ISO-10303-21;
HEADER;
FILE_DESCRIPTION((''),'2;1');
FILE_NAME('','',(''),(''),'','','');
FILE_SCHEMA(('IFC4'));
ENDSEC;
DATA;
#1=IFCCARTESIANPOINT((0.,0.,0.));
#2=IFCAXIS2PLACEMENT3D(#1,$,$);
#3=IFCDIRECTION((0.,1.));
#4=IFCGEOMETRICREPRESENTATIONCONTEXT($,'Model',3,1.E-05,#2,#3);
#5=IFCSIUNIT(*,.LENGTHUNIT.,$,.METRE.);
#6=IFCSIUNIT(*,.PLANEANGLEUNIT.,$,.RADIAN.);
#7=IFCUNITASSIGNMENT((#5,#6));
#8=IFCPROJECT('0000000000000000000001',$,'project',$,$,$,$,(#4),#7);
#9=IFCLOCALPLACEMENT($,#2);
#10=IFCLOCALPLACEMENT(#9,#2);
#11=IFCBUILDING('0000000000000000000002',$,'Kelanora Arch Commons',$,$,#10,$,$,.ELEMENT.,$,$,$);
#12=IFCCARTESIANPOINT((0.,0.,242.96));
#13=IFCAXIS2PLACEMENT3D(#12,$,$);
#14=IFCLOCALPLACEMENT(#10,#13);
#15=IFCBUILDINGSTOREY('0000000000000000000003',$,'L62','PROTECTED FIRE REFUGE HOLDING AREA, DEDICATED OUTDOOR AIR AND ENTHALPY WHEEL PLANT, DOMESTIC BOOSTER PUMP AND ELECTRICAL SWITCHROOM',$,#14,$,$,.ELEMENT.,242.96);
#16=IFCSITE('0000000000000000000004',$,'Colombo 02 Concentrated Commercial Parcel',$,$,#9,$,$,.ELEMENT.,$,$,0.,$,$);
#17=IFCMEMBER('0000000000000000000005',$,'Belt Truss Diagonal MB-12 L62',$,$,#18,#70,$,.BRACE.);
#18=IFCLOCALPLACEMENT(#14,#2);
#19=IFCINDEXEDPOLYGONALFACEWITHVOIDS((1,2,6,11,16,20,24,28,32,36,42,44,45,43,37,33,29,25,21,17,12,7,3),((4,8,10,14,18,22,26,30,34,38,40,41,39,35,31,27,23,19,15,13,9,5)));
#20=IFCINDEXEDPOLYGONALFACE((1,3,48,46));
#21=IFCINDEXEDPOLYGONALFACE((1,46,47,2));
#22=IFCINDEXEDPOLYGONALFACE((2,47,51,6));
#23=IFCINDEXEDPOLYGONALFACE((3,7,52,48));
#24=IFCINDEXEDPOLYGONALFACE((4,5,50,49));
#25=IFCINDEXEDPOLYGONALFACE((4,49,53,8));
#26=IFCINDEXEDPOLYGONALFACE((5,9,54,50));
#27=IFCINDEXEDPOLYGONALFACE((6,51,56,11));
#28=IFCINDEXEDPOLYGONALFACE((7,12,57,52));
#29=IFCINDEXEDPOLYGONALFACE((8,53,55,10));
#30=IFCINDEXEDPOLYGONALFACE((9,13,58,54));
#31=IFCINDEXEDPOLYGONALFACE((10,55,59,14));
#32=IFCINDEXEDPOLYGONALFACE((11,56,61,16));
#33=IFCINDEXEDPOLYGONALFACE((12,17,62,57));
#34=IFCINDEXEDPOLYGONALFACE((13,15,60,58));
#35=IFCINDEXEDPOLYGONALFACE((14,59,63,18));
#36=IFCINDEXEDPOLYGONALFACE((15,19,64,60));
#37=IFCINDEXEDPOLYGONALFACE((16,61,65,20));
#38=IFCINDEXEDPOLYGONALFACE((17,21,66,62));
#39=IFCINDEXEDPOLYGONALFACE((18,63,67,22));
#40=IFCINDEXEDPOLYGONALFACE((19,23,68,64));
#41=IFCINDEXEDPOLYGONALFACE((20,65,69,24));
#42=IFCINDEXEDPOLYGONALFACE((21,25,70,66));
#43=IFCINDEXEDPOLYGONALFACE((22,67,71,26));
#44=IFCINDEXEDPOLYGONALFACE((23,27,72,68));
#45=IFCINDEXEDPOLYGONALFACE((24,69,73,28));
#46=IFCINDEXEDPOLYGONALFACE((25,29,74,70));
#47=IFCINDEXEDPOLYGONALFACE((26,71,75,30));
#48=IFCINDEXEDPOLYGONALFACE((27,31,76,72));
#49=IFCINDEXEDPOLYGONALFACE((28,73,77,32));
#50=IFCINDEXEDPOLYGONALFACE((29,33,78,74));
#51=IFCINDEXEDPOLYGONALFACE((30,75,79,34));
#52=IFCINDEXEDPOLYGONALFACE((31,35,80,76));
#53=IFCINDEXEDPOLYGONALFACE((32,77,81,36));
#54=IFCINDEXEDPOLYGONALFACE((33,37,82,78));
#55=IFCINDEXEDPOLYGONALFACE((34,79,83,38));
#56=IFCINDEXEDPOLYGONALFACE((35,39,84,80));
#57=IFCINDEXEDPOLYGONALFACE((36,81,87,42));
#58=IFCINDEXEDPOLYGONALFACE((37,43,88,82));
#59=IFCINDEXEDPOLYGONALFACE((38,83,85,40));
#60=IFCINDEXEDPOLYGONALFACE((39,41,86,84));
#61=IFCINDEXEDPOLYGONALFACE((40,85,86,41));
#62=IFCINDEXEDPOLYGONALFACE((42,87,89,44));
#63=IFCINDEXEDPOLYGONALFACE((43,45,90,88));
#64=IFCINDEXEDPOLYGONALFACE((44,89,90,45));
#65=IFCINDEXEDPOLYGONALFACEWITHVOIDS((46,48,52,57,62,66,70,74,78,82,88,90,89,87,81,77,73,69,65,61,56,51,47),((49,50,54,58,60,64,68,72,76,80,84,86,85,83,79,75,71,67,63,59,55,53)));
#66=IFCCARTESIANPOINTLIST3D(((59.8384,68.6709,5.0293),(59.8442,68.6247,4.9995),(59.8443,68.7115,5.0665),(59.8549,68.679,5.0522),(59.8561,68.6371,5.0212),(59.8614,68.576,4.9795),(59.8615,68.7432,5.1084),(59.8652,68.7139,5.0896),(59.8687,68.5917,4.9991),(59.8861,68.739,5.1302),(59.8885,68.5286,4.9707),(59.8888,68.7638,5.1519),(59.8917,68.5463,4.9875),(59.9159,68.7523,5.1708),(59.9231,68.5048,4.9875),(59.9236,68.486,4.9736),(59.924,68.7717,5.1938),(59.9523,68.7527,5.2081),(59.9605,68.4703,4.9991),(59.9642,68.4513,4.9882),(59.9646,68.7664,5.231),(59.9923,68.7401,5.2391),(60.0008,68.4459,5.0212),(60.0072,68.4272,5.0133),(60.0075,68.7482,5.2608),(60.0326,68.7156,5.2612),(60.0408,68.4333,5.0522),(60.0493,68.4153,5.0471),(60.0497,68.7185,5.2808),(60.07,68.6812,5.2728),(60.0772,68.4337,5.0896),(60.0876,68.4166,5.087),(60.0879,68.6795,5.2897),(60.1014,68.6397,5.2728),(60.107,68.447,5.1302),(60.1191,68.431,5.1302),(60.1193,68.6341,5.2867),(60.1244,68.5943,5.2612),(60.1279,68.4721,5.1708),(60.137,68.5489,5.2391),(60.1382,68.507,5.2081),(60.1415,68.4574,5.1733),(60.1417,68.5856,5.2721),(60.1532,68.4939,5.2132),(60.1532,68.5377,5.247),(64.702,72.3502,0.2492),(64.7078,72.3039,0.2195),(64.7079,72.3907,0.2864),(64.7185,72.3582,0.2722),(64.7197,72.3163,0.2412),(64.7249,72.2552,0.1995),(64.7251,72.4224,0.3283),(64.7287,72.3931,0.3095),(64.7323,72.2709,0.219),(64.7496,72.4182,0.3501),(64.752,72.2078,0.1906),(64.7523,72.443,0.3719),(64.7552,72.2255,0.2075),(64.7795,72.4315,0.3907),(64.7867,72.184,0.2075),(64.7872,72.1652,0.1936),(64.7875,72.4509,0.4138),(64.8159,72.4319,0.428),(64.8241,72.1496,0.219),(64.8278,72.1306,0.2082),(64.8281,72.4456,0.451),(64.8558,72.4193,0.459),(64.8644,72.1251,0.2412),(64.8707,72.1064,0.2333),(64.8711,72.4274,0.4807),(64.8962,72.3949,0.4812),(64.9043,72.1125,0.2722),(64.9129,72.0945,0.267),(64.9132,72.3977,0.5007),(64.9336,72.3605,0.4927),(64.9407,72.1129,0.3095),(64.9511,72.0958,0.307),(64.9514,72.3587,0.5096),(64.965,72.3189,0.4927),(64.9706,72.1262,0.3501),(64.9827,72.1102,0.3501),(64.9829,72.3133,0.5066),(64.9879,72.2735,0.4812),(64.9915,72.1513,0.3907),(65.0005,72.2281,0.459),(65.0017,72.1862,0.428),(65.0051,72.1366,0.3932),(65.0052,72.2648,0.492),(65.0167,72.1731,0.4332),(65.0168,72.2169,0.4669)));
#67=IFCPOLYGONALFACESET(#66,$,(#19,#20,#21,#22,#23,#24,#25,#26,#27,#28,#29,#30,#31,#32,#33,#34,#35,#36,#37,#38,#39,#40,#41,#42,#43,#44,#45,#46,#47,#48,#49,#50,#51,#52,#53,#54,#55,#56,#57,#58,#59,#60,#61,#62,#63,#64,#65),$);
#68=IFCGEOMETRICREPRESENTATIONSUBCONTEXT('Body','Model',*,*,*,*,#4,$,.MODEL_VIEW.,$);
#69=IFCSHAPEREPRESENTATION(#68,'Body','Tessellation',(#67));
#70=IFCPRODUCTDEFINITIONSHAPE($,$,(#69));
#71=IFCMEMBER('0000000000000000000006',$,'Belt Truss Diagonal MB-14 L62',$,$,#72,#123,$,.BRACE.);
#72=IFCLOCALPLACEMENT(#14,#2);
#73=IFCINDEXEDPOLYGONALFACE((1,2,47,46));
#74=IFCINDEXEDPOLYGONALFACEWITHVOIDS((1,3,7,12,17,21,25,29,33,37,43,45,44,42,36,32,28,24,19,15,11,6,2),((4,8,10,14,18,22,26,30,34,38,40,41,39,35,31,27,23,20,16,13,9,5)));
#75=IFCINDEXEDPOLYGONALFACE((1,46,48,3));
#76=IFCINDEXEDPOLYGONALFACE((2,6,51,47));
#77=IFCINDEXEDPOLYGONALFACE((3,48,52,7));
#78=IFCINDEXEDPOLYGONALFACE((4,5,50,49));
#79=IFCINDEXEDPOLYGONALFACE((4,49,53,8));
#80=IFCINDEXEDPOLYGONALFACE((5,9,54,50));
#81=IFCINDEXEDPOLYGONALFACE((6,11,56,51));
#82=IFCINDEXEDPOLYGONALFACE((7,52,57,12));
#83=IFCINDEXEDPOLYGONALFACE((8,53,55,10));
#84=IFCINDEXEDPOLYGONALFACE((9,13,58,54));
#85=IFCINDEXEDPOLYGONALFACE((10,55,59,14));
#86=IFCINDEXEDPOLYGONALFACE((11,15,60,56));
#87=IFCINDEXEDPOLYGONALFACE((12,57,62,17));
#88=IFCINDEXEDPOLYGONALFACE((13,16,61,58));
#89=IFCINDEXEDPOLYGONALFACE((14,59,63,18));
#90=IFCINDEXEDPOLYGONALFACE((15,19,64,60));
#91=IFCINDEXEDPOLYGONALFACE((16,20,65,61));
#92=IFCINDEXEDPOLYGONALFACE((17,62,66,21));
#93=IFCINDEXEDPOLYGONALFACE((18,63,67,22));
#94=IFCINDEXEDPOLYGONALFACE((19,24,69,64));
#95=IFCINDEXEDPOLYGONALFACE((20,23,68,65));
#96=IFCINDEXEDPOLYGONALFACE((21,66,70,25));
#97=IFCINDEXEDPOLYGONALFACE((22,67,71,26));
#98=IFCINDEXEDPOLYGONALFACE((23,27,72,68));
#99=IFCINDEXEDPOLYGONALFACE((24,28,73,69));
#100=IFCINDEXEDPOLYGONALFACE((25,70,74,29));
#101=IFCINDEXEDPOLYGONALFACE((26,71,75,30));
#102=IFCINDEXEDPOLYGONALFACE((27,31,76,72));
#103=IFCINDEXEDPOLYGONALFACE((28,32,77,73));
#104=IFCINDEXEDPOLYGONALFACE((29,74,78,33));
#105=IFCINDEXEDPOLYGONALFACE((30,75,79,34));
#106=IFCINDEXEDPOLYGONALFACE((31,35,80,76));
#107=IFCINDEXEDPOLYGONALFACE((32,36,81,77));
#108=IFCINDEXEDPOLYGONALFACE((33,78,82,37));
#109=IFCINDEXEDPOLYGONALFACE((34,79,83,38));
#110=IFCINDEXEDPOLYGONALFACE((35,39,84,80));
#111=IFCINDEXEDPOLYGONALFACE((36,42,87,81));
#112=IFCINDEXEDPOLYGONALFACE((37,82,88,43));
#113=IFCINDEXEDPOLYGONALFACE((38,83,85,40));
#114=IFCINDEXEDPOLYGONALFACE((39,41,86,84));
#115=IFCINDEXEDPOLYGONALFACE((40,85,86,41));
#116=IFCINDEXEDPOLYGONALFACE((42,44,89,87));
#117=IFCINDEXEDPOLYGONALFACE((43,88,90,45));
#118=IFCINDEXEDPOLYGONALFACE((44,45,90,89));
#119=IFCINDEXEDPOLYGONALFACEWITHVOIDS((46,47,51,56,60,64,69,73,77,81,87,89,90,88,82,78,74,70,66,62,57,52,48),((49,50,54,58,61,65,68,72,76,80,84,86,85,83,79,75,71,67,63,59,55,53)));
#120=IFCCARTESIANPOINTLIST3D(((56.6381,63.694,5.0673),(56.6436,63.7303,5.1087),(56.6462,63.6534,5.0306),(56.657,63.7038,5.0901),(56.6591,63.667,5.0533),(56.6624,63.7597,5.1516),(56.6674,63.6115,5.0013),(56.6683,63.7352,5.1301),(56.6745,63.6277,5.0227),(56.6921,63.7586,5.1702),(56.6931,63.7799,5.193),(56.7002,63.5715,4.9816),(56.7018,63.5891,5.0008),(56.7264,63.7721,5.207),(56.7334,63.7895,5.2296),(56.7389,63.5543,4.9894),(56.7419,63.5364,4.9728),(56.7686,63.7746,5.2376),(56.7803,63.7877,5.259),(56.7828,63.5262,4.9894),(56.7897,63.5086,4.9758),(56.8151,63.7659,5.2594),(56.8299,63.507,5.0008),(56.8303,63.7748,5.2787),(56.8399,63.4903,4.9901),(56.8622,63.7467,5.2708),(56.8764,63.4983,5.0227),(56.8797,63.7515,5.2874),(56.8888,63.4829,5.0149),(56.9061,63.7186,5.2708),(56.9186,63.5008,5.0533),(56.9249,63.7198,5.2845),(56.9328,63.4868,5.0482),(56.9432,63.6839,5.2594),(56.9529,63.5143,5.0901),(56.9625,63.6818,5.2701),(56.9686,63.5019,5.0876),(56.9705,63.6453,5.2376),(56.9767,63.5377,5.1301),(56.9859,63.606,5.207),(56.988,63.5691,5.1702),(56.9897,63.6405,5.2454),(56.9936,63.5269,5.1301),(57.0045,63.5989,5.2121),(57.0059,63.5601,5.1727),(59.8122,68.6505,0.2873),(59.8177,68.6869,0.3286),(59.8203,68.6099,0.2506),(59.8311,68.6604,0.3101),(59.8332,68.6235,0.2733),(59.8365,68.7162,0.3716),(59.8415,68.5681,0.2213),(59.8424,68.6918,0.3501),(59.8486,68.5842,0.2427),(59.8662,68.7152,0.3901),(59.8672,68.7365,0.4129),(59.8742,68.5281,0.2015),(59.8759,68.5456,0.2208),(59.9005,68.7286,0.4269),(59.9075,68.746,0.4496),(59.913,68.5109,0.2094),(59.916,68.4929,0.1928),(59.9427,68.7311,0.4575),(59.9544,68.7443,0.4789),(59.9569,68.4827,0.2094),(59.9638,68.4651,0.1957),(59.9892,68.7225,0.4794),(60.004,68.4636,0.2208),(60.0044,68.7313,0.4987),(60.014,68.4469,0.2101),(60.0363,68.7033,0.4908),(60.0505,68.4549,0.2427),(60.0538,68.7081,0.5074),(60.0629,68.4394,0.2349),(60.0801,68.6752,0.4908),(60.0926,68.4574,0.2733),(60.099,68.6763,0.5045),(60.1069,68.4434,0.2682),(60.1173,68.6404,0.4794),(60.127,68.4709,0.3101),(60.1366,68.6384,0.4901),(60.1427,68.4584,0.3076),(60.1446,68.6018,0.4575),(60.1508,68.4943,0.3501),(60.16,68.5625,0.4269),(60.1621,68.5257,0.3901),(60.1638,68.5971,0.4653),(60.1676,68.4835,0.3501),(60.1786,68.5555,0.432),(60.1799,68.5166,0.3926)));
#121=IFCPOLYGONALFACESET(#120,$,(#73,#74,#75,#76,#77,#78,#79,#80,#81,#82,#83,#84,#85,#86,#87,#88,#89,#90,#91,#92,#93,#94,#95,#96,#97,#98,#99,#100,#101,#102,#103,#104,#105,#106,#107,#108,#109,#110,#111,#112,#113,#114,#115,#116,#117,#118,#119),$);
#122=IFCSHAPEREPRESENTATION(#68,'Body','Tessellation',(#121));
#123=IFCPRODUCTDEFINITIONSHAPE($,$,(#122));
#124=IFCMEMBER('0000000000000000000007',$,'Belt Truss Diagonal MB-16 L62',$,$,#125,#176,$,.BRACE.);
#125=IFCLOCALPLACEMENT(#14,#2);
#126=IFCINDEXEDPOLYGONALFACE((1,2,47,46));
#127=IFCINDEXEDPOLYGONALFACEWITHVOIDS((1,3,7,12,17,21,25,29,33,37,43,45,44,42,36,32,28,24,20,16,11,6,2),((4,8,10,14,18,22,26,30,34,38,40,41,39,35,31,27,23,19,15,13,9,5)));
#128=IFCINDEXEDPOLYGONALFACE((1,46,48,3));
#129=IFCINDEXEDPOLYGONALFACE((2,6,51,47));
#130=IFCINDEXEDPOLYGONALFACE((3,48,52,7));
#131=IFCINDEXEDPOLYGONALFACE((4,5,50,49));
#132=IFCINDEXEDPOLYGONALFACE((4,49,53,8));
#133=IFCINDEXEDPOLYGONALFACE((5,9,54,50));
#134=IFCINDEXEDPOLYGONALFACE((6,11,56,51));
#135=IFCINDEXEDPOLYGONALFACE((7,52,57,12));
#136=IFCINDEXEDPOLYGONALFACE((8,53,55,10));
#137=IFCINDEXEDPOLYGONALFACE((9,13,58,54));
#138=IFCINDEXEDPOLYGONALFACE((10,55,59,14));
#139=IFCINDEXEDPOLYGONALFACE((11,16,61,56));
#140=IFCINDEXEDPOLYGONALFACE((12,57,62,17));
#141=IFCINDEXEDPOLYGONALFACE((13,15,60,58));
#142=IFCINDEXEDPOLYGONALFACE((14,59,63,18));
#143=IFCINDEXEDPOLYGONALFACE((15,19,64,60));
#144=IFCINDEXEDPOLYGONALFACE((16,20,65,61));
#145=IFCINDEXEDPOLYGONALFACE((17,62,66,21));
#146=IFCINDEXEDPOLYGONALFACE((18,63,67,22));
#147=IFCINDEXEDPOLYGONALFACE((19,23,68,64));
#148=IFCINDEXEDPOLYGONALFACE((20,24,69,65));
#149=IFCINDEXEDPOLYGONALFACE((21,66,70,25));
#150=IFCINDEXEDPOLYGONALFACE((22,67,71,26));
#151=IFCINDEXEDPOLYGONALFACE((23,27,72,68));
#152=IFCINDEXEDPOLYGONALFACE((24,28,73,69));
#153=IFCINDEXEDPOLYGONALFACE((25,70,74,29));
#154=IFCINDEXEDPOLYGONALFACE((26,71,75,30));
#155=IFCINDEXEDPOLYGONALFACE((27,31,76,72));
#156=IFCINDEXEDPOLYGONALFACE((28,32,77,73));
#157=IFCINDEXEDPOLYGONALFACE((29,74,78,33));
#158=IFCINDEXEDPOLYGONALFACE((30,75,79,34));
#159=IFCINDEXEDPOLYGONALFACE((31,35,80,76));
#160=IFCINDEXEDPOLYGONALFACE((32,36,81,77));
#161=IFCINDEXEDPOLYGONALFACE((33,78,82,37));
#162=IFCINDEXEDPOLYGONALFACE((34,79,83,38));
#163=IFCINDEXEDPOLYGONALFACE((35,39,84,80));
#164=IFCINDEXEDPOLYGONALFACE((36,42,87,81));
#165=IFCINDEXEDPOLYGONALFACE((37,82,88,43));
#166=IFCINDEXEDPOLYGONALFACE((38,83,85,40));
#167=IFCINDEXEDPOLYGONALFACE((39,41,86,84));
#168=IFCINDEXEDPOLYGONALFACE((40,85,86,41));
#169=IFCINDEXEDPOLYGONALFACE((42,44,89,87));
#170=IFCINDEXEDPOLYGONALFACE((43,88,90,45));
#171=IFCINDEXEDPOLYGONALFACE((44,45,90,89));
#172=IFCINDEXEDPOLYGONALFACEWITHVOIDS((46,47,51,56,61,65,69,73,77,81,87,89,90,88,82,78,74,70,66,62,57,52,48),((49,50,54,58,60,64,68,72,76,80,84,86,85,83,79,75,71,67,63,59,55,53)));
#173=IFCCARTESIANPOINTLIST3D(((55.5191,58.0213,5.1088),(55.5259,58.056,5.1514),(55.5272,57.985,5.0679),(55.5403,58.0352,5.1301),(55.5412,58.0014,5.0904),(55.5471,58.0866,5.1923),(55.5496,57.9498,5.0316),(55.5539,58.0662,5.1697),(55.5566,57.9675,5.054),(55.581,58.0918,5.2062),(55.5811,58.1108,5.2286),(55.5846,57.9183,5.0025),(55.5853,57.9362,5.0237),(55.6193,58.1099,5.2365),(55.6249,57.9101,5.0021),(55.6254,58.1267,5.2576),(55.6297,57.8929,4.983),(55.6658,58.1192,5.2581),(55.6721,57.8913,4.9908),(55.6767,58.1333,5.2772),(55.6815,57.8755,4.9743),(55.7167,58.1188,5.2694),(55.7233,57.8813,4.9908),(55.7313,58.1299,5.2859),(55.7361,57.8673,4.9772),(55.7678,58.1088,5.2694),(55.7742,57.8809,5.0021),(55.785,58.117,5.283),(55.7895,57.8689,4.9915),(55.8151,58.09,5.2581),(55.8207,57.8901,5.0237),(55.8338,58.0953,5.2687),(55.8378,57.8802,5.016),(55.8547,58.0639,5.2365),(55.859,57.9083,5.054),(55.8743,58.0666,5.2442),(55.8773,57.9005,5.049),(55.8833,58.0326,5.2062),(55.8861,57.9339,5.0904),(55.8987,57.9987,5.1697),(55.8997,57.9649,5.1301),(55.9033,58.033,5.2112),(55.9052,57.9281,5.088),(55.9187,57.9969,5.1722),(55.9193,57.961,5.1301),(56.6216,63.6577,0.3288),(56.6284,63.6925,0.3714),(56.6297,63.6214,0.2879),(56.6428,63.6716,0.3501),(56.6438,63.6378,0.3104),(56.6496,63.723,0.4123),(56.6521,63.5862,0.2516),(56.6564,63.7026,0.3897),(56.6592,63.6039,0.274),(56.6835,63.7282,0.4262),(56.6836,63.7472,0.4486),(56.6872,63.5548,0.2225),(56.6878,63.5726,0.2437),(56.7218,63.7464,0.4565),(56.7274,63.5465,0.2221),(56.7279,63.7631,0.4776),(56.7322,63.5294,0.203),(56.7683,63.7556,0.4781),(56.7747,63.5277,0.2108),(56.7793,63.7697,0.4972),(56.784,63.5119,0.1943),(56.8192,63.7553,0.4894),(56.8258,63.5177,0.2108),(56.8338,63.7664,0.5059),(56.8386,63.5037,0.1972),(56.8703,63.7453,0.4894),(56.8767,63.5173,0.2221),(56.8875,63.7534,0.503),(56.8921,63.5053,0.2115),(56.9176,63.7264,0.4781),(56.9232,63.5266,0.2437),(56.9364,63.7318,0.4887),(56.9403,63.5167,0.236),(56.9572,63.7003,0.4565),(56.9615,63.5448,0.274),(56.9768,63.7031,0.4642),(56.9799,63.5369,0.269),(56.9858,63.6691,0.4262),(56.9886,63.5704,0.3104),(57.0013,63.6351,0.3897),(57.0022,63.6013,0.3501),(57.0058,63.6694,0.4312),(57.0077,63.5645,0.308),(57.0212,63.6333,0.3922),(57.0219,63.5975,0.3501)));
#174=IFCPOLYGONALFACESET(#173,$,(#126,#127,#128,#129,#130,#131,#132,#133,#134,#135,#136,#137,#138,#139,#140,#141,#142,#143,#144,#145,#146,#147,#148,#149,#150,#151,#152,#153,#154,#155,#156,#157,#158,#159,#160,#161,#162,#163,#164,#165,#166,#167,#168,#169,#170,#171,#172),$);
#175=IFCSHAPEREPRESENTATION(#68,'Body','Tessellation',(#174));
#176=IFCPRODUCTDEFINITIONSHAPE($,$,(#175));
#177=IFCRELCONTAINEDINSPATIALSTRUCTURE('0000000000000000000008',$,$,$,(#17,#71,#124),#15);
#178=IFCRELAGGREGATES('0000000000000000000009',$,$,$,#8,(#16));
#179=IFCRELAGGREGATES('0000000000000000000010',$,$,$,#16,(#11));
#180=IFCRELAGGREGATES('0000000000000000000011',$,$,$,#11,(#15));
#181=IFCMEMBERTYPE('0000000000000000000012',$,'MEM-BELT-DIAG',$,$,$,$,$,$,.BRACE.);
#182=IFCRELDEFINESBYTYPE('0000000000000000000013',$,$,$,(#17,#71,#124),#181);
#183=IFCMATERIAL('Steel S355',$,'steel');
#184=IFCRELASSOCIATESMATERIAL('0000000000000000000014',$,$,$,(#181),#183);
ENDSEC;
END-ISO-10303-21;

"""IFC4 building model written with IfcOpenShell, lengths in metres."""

from ifc_helpers import new_model, si_unit, direction, frame, origin, origin_2d, place, context, subcontext, project, spatial, hollow_circle, extrude, material, material_profile, profile_set, type_object, element, save


model = new_model("IFC4")

# Units and contexts
model_context = context("Model", 3, precision=1e-05, world=origin(), true_north=direction((0.0, 1.0)))
body_context = subcontext(model_context, "Body", "Model", "MODEL_VIEW")
ifc_project = project(units=[si_unit("LENGTHUNIT", "METRE"), si_unit("PLANEANGLEUNIT", "RADIAN")], contexts=[model_context])

# Site, building, storey
site_placement = place(None, origin())
site = spatial("IfcSite", under=ifc_project, at=site_placement, Name="Colombo 02 Concentrated Commercial Parcel", CompositionType="ELEMENT", RefElevation=0.0)
building_placement = place(site_placement, origin())
building = spatial("IfcBuilding", under=site, at=building_placement, Name="Kelanora Arch Commons", CompositionType="ELEMENT")
storey_placement = place(building_placement, frame((0.0, 0.0, 242.96)))
storey = spatial("IfcBuildingStorey", under=building, at=storey_placement, Name="L62", Description="PROTECTED FIRE REFUGE HOLDING AREA, DEDICATED OUTDOOR AIR AND ENTHALPY WHEEL PLANT, DOMESTIC BOOSTER PUMP AND ELECTRICAL SWITCHROOM", CompositionType="ELEMENT", Elevation=242.96)

# Shared definitions
ifc_material_1 = material(Name="Steel S355", Category="steel")

# Members
ifc_material_profile_1 = material_profile(ifc_material_1, hollow_circle(Radius=0.2031, WallThickness=0.02, at=origin_2d()), Name="CHS406.4x20")
ifc_profile_set_1 = profile_set([ifc_material_profile_1], Name="Steel S355")
member_type = type_object("IfcMemberType", Name="MEM-BELT-DIAG", PredefinedType="BRACE", material=ifc_profile_set_1)
member_1_placement = place(storey_placement, frame((64.8601, 72.2722, 0.3501), z_axis=(-0.627674, -0.474828, 0.616898), x_axis=(0.603306, -0.797509, 0.0)))
element("IfcMember", 1, at=member_1_placement, inside=storey, type_object=member_type, Name="Belt Truss Diagonal MB-12 L62", PredefinedType="BRACE", context=body_context, shape_type="SweptSolid", body=[
    extrude(hollow_circle(Radius=0.2031, WallThickness=0.02, at=origin_2d()), origin(), (0.0, 0.0, 1.0), 7.7485),
])
member_2_placement = place(storey_placement, frame((59.9966, 68.593, 0.3501), z_axis=(-0.418618, -0.653702, 0.630422), x_axis=(0.842126, -0.539281, 0.0)))
element("IfcMember", 2, at=member_2_placement, inside=storey, type_object=member_type, Name="Belt Truss Diagonal MB-14 L62", PredefinedType="BRACE", context=body_context, shape_type="SweptSolid", body=[
    extrude(hollow_circle(Radius=0.2031, WallThickness=0.02, at=origin_2d()), origin(), (0.0, 0.0, 1.0), 7.5823),
])
for number, where, z_axis, x_axis, name in (
    (3, (56.8225, 63.6365, 0.3501), (-0.147552, -0.754324, 0.639706), (0.981401, -0.19197, 0.0), "Belt Truss Diagonal MB-16 L62"),
):
    element("IfcMember", number, at=place(storey_placement, frame(where, z_axis=z_axis, x_axis=x_axis)), inside=storey, type_object=member_type, Name=name, PredefinedType="BRACE", context=body_context, shape_type="SweptSolid", body=[
        extrude(hollow_circle(Radius=0.2031, WallThickness=0.02, at=origin_2d()), origin(), (0.0, 0.0, 1.0), 7.4722),
    ])

save(model, "model.ifc")
